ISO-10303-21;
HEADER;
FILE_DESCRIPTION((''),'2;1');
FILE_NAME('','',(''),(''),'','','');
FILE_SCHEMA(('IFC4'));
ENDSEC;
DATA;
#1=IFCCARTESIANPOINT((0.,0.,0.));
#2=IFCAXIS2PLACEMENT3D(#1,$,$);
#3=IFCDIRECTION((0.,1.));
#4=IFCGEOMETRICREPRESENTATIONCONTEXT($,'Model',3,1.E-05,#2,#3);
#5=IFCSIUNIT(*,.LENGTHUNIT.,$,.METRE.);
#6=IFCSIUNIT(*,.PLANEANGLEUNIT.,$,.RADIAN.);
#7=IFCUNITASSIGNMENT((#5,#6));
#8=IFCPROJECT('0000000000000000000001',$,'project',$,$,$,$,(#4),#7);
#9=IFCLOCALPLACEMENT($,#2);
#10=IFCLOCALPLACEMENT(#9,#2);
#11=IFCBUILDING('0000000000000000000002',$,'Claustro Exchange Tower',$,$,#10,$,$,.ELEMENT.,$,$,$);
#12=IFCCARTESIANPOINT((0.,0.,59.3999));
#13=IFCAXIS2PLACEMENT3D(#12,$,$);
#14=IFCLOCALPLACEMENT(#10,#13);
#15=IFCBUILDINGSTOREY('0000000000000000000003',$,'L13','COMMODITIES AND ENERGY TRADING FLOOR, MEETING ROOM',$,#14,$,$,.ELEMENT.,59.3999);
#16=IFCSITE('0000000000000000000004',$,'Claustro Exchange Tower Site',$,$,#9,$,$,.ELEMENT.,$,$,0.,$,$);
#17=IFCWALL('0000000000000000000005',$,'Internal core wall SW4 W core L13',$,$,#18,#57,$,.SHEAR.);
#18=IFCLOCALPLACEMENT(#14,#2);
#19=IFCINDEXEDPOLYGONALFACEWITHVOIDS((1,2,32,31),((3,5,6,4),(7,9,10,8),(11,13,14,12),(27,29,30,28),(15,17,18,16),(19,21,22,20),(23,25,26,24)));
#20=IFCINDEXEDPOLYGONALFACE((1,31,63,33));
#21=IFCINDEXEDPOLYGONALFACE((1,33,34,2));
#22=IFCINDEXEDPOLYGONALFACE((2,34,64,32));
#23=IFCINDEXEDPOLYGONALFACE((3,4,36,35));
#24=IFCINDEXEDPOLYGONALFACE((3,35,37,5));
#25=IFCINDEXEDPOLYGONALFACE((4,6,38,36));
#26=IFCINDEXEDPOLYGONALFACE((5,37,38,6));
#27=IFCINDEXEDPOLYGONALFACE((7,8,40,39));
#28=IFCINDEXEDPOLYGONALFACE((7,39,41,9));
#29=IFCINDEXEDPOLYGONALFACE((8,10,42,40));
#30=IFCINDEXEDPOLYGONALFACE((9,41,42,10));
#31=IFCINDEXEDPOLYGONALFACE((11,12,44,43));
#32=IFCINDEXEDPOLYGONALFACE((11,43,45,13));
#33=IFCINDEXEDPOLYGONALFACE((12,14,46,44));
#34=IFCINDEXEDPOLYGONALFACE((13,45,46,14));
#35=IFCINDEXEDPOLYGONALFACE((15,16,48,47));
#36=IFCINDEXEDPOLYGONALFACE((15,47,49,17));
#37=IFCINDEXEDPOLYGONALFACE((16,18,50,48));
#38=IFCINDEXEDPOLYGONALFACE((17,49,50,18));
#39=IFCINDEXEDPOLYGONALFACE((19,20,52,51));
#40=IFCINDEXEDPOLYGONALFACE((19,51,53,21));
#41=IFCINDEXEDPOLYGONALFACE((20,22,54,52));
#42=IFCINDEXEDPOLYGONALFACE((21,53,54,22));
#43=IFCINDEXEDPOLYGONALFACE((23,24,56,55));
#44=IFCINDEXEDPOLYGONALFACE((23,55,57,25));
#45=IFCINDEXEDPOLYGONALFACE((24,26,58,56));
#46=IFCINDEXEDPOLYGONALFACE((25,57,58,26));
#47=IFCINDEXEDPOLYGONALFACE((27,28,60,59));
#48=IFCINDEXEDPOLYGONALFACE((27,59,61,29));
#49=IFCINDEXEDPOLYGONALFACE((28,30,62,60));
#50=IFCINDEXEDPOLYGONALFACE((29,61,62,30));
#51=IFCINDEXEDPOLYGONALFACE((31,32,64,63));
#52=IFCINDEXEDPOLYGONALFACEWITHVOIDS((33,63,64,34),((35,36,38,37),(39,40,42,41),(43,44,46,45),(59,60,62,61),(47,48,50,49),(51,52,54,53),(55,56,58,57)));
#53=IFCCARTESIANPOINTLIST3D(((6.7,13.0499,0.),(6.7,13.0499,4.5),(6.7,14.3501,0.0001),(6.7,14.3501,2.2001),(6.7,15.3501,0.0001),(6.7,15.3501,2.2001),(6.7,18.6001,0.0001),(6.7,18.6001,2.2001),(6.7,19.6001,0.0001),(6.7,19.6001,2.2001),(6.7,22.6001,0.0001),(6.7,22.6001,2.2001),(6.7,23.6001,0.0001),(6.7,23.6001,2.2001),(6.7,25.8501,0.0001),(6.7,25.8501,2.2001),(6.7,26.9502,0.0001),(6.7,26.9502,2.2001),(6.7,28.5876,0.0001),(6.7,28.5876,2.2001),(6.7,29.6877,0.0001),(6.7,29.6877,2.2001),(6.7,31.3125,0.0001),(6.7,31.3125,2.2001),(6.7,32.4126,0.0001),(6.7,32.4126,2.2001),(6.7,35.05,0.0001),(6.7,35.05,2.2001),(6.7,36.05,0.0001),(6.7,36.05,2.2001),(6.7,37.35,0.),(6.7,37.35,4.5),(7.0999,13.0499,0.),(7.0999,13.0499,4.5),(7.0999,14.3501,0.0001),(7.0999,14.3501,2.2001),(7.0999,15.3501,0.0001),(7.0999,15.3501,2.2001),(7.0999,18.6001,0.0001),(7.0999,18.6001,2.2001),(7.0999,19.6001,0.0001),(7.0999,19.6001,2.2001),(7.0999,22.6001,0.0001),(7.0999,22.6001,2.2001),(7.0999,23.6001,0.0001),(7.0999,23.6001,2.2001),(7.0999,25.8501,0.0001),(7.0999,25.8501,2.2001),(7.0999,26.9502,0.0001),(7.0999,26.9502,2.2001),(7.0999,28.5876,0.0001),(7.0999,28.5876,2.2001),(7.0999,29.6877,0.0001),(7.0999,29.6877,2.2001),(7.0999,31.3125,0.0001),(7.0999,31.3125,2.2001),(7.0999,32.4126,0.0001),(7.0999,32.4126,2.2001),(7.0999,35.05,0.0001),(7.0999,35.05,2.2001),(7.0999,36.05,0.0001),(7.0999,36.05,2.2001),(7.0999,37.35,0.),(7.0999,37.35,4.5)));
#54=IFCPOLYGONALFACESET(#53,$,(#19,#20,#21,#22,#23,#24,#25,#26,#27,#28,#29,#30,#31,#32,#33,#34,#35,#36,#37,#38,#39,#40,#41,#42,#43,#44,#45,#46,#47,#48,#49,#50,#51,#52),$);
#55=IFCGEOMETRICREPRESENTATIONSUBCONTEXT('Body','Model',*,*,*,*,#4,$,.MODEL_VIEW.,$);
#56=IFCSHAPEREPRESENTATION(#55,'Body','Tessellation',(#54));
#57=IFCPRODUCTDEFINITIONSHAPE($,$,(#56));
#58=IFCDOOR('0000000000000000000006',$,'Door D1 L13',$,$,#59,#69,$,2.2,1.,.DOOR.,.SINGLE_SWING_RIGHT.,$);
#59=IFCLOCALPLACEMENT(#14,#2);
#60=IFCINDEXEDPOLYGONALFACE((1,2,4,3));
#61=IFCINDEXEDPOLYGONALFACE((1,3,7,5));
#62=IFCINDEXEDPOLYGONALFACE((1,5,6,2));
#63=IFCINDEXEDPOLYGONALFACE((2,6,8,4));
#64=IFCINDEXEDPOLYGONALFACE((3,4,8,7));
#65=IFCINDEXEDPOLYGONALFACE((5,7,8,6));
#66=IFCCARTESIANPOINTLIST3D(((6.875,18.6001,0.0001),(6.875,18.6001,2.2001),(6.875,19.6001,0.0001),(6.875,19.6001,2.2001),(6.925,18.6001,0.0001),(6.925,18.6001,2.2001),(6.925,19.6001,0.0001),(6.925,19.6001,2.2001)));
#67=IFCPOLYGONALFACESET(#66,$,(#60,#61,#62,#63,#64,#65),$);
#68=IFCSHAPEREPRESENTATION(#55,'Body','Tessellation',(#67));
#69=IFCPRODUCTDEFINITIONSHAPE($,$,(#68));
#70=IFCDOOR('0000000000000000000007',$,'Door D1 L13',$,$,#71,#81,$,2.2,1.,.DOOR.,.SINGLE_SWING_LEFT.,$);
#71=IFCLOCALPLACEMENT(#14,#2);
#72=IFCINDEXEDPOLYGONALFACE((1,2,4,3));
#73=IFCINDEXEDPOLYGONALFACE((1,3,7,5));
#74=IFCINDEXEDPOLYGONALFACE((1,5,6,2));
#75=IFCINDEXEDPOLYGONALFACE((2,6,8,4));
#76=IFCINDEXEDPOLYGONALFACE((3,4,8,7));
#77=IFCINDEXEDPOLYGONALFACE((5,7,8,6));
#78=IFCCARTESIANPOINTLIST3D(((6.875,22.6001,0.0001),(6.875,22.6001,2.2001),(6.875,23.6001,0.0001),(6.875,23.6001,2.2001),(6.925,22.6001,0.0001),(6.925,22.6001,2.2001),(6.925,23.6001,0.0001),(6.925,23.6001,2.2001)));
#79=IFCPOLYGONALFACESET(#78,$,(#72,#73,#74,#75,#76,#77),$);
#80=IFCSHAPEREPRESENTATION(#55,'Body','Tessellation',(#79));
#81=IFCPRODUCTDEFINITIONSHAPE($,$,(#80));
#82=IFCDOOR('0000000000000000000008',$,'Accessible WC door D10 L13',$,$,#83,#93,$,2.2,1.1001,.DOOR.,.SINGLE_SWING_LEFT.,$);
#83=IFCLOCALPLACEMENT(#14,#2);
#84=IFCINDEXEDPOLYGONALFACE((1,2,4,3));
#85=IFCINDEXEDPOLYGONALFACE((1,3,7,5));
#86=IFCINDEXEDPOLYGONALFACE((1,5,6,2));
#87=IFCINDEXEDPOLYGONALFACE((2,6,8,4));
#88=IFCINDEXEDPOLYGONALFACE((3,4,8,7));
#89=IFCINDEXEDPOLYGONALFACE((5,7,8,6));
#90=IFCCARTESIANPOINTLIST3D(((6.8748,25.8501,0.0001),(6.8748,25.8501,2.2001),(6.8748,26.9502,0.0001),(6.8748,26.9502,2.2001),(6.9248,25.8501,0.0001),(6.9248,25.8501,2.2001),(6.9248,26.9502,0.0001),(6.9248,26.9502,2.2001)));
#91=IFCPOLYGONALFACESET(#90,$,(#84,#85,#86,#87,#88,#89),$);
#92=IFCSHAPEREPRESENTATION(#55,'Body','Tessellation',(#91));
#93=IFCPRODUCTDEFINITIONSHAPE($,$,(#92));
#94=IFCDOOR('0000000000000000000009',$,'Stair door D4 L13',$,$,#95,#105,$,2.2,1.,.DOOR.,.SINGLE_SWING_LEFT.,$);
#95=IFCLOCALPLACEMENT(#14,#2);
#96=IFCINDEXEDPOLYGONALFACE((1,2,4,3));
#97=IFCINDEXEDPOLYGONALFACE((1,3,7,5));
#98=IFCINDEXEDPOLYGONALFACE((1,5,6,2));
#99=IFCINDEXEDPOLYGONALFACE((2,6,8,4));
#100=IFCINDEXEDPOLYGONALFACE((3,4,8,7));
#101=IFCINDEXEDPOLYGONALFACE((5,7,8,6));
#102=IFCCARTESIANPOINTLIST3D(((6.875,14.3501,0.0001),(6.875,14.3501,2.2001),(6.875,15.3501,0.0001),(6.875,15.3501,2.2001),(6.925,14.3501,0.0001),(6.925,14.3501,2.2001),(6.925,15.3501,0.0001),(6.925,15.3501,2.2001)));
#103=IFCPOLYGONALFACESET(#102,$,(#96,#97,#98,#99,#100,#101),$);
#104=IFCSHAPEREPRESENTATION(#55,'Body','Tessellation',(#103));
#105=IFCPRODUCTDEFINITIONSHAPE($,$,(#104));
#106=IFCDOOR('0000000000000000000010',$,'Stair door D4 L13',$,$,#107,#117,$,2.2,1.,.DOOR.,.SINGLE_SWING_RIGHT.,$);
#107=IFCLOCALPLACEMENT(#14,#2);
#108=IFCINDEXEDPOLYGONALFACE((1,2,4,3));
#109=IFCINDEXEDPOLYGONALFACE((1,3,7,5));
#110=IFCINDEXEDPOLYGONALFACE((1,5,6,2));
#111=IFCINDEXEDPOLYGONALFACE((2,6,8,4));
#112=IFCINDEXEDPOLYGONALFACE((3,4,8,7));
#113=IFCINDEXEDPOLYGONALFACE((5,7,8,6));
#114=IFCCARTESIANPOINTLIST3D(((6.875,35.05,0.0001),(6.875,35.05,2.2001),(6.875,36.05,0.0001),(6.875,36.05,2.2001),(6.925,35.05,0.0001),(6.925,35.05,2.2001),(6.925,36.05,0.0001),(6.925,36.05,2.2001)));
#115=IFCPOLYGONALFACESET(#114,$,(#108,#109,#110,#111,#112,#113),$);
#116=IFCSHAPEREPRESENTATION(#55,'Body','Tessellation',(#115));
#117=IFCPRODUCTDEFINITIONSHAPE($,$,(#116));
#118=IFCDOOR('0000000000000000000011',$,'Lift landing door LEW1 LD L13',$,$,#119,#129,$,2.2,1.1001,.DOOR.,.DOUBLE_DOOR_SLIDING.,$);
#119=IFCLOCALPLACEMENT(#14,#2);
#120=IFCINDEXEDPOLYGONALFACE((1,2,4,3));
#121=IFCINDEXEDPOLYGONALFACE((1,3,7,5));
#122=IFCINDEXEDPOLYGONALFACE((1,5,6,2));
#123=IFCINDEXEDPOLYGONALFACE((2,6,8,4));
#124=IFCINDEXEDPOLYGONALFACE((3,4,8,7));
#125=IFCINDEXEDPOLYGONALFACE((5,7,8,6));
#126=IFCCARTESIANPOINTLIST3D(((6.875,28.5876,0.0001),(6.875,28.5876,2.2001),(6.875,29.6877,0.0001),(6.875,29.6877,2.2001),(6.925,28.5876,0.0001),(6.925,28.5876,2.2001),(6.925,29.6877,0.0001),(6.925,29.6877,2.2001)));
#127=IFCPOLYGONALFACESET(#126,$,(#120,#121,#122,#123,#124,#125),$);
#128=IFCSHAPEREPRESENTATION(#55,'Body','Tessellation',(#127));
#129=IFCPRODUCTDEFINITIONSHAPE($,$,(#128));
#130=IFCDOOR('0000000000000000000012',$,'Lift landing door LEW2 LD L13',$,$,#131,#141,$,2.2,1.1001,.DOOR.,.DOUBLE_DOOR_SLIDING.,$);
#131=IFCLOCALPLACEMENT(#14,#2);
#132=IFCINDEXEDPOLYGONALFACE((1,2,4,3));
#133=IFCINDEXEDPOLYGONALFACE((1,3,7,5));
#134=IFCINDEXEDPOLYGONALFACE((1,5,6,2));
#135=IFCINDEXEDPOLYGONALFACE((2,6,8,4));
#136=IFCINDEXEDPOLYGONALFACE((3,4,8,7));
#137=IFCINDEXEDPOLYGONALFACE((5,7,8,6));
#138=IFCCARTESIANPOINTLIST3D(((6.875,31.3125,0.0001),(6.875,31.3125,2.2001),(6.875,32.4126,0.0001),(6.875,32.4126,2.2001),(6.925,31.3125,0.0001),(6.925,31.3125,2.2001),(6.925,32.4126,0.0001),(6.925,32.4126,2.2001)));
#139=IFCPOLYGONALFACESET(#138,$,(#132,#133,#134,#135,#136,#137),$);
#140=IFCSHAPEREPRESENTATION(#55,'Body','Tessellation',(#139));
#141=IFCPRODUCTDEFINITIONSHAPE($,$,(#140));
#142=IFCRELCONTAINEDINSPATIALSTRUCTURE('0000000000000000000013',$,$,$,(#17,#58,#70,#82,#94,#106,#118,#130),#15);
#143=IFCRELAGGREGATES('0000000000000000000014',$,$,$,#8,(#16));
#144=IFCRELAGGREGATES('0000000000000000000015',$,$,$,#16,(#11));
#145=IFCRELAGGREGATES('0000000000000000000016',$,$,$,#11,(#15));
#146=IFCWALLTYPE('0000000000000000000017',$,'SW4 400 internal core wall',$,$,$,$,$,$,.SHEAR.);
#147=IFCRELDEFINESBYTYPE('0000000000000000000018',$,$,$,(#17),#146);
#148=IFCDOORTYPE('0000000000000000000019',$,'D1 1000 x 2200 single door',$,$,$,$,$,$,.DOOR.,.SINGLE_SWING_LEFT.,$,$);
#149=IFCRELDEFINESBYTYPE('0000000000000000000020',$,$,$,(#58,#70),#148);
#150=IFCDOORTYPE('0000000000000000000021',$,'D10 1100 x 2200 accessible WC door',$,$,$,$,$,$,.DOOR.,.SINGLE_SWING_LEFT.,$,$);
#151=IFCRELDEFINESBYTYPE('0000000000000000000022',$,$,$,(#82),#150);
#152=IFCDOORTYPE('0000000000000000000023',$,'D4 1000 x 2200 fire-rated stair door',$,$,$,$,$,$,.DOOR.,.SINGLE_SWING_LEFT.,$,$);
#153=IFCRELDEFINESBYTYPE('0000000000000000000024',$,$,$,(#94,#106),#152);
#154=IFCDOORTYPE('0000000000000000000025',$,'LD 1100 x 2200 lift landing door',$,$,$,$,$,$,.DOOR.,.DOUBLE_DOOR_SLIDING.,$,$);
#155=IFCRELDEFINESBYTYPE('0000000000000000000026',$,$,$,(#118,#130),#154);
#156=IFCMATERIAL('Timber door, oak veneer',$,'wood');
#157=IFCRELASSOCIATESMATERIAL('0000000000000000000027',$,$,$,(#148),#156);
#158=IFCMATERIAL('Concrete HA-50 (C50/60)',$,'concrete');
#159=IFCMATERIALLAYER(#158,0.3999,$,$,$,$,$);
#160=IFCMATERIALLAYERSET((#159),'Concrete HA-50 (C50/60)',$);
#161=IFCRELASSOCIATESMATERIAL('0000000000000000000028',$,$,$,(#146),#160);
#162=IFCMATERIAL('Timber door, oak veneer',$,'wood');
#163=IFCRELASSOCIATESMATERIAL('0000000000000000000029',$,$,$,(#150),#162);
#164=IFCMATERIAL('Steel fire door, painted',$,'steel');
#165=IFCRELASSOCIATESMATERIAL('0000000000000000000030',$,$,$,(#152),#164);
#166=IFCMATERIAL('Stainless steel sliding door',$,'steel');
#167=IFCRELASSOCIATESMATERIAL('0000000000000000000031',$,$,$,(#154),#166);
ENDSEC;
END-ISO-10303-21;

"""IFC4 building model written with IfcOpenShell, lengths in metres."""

from ifc_helpers import new_model, si_unit, direction, frame, frame_2d, origin, place, context, subcontext, project, spatial, rectangle, extrude, material, layer, layer_set, type_object, element, fill, save


model = new_model("IFC4")

# Units and contexts
model_context = context("Model", 3, precision=1e-05, world=origin(), true_north=direction((0.0, 1.0)))
body_context = subcontext(model_context, "Body", "Model", "MODEL_VIEW")
ifc_project = project(units=[si_unit("LENGTHUNIT", "METRE"), si_unit("PLANEANGLEUNIT", "RADIAN")], contexts=[model_context])

# Site, building, storey
site_placement = place(None, origin())
site = spatial("IfcSite", under=ifc_project, at=site_placement, Name="Claustro Exchange Tower Site", CompositionType="ELEMENT", RefElevation=0.0)
building_placement = place(site_placement, origin())
building = spatial("IfcBuilding", under=site, at=building_placement, Name="Claustro Exchange Tower", CompositionType="ELEMENT")
storey_placement = place(building_placement, frame((0.0, 0.0, 59.3999)))
storey = spatial("IfcBuildingStorey", under=building, at=storey_placement, Name="L13", Description="COMMODITIES AND ENERGY TRADING FLOOR, MEETING ROOM", CompositionType="ELEMENT", Elevation=59.3999)

# Shared definitions
ifc_material_1 = material(Name="Timber door, oak veneer", Category="wood")
door_type_1 = type_object("IfcDoorType", Name="D1 1000 x 2200 single door", OperationType="SINGLE_SWING_LEFT", PredefinedType="DOOR", material=ifc_material_1)

# Wall, openings, doors
ifc_material_2 = material(Name="Concrete HA-50 (C50/60)", Category="concrete")
ifc_layer_1 = layer(ifc_material_2, 0.3999)
ifc_layer_set_1 = layer_set([ifc_layer_1], Name="Concrete HA-50 (C50/60)")
wall_type_1 = type_object("IfcWallType", Name="SW4 400 internal core wall", PredefinedType="SHEAR", material=ifc_layer_set_1)
wall_1_placement = place(storey_placement, frame((6.8999, 13.05, 0.0), z_axis=(0.0, 0.0, 1.0), x_axis=(0.0, 1.0, 0.0)))
wall_1 = element("IfcWall", 1, at=wall_1_placement, inside=storey, type_object=wall_type_1, Name="Internal core wall SW4 W core L13", PredefinedType="SHEAR", context=body_context, shape_type="SweptSolid", body=[
    extrude(rectangle(XDim=24.3, YDim=0.3999, at=frame_2d((12.1499, 0.0))), origin(), (0.0, 0.0, 1.0), 4.5),
])
opening_1_placement = place(wall_1_placement, frame((1.3, 0.0, 0.0)))
opening_1 = element("IfcOpeningElement", 2, at=opening_1_placement, cuts=wall_1, PredefinedType="OPENING", context=body_context, shape_type="SweptSolid", body=[
    extrude(rectangle(XDim=1.0, YDim=2.2, at=frame_2d((0.5, 1.1001))), frame((0.0, 0.21, 0.0), z_axis=(0.0, -1.0, 0.0), x_axis=(1.0, 0.0, 0.0)), (0.0, 0.0, 1.0), 0.4199),
])
opening_2_placement = place(wall_1_placement, frame((22.0, 0.0, 0.0)))
opening_2 = element("IfcOpeningElement", 3, at=opening_2_placement, cuts=wall_1, PredefinedType="OPENING", context=body_context, shape_type="SweptSolid", body=[
    extrude(rectangle(XDim=1.0, YDim=2.2, at=frame_2d((0.5, 1.1001))), frame((0.0, 0.21, 0.0), z_axis=(0.0, -1.0, 0.0), x_axis=(1.0, 0.0, 0.0)), (0.0, 0.0, 1.0), 0.4199),
])
opening_3_placement = place(wall_1_placement, frame((5.55, 0.0, 0.0)))
opening_3 = element("IfcOpeningElement", 4, at=opening_3_placement, cuts=wall_1, PredefinedType="OPENING", context=body_context, shape_type="SweptSolid", body=[
    extrude(rectangle(XDim=1.0, YDim=2.2, at=frame_2d((0.5, 1.1001))), frame((0.0, 0.21, 0.0), z_axis=(0.0, -1.0, 0.0), x_axis=(1.0, 0.0, 0.0)), (0.0, 0.0, 1.0), 0.4199),
])
opening_4_placement = place(wall_1_placement, frame((9.55, 0.0, 0.0)))
opening_4 = element("IfcOpeningElement", 5, at=opening_4_placement, cuts=wall_1, PredefinedType="OPENING", context=body_context, shape_type="SweptSolid", body=[
    extrude(rectangle(XDim=1.0, YDim=2.2, at=frame_2d((0.5, 1.1001))), frame((0.0, 0.21, 0.0), z_axis=(0.0, -1.0, 0.0), x_axis=(1.0, 0.0, 0.0)), (0.0, 0.0, 1.0), 0.4199),
])
opening_5_placement = place(wall_1_placement, frame((12.8, 0.0, 0.0)))
opening_5 = element("IfcOpeningElement", 6, at=opening_5_placement, cuts=wall_1, PredefinedType="OPENING", context=body_context, shape_type="SweptSolid", body=[
    extrude(rectangle(XDim=1.1001, YDim=2.2, at=frame_2d((0.55, 1.1001))), frame((0.0, 0.21, 0.0), z_axis=(0.0, -1.0, 0.0), x_axis=(1.0, 0.0, 0.0)), (0.0, 0.0, 1.0), 0.4199),
])
opening_6_placement = place(wall_1_placement, frame((15.5376, 0.0, 0.0)))
opening_6 = element("IfcOpeningElement", 7, at=opening_6_placement, cuts=wall_1, PredefinedType="OPENING", context=body_context, shape_type="SweptSolid", body=[
    extrude(rectangle(XDim=1.1001, YDim=2.2, at=frame_2d((0.55, 1.1001))), frame((0.0, 0.21, 0.0), z_axis=(0.0, -1.0, 0.0), x_axis=(1.0, 0.0, 0.0)), (0.0, 0.0, 1.0), 0.4199),
])
opening_7_placement = place(wall_1_placement, frame((18.2625, 0.0, 0.0)))
opening_7 = element("IfcOpeningElement", 8, at=opening_7_placement, cuts=wall_1, PredefinedType="OPENING", context=body_context, shape_type="SweptSolid", body=[
    extrude(rectangle(XDim=1.1001, YDim=2.2, at=frame_2d((0.55, 1.1001))), frame((0.0, 0.21, 0.0), z_axis=(0.0, -1.0, 0.0), x_axis=(1.0, 0.0, 0.0)), (0.0, 0.0, 1.0), 0.4199),
])
door_1_placement = place(opening_3_placement, origin())
door_1 = element("IfcDoor", 9, at=door_1_placement, inside=storey, type_object=door_type_1, Name="Door D1 L13", OperationType="SINGLE_SWING_RIGHT", OverallHeight=2.2, OverallWidth=1.0, PredefinedType="DOOR", context=body_context, shape_type="SweptSolid", body=[
    extrude(rectangle(XDim=1.0, YDim=2.2, at=frame_2d((0.5, 1.1001))), frame((0.0, 0.0249, 0.0), z_axis=(0.0, -1.0, 0.0), x_axis=(1.0, 0.0, 0.0)), (0.0, 0.0, 1.0), 0.05),
])
fill(opening_3, door_1)
door_2_placement = place(opening_4_placement, origin())
door_2 = element("IfcDoor", 10, at=door_2_placement, inside=storey, type_object=door_type_1, Name="Door D1 L13", OperationType="SINGLE_SWING_LEFT", OverallHeight=2.2, OverallWidth=1.0, PredefinedType="DOOR", context=body_context, shape_type="SweptSolid", body=[
    extrude(rectangle(XDim=1.0, YDim=2.2, at=frame_2d((0.5, 1.1001))), frame((0.0, 0.0249, 0.0), z_axis=(0.0, -1.0, 0.0), x_axis=(1.0, 0.0, 0.0)), (0.0, 0.0, 1.0), 0.05),
])
fill(opening_4, door_2)
ifc_material_3 = material(Name="Timber door, oak veneer", Category="wood")
door_type_2 = type_object("IfcDoorType", Name="D10 1100 x 2200 accessible WC door", OperationType="SINGLE_SWING_LEFT", PredefinedType="DOOR", material=ifc_material_3)
door_3_placement = place(opening_5_placement, frame((1.1001, 0.0, 0.0), z_axis=(0.0, 0.0, 1.0), x_axis=(-1.0, 0.0, 0.0)))
door_3 = element("IfcDoor", 11, at=door_3_placement, inside=storey, type_object=door_type_2, Name="Accessible WC door D10 L13", OperationType="SINGLE_SWING_LEFT", OverallHeight=2.2, OverallWidth=1.1001, PredefinedType="DOOR", context=body_context, shape_type="SweptSolid", body=[
    extrude(rectangle(XDim=1.1001, YDim=2.2, at=frame_2d((0.55, 1.1001))), frame((0.0, 0.0249, 0.0), z_axis=(0.0, -1.0, 0.0), x_axis=(1.0, 0.0, 0.0)), (0.0, 0.0, 1.0), 0.05),
])
fill(opening_5, door_3)
ifc_material_4 = material(Name="Steel fire door, painted", Category="steel")
door_type_3 = type_object("IfcDoorType", Name="D4 1000 x 2200 fire-rated stair door", OperationType="SINGLE_SWING_LEFT", PredefinedType="DOOR", material=ifc_material_4)
door_4_placement = place(opening_1_placement, origin())
door_4 = element("IfcDoor", 12, at=door_4_placement, inside=storey, type_object=door_type_3, Name="Stair door D4 L13", OperationType="SINGLE_SWING_LEFT", OverallHeight=2.2, OverallWidth=1.0, PredefinedType="DOOR", context=body_context, shape_type="SweptSolid", body=[
    extrude(rectangle(XDim=1.0, YDim=2.2, at=frame_2d((0.5, 1.1001))), frame((0.0, 0.0249, 0.0), z_axis=(0.0, -1.0, 0.0), x_axis=(1.0, 0.0, 0.0)), (0.0, 0.0, 1.0), 0.05),
])
fill(opening_1, door_4)
door_5_placement = place(opening_2_placement, origin())
door_5 = element("IfcDoor", 13, at=door_5_placement, inside=storey, type_object=door_type_3, Name="Stair door D4 L13", OperationType="SINGLE_SWING_RIGHT", OverallHeight=2.2, OverallWidth=1.0, PredefinedType="DOOR", context=body_context, shape_type="SweptSolid", body=[
    extrude(rectangle(XDim=1.0, YDim=2.2, at=frame_2d((0.5, 1.1001))), frame((0.0, 0.0249, 0.0), z_axis=(0.0, -1.0, 0.0), x_axis=(1.0, 0.0, 0.0)), (0.0, 0.0, 1.0), 0.05),
])
fill(opening_2, door_5)
ifc_material_5 = material(Name="Stainless steel sliding door", Category="steel")
door_type_4 = type_object("IfcDoorType", Name="LD 1100 x 2200 lift landing door", OperationType="DOUBLE_DOOR_SLIDING", PredefinedType="DOOR", material=ifc_material_5)
door_6_placement = place(opening_6_placement, origin())
door_6 = element("IfcDoor", 14, at=door_6_placement, inside=storey, type_object=door_type_4, Name="Lift landing door LEW1 LD L13", OperationType="DOUBLE_DOOR_SLIDING", OverallHeight=2.2, OverallWidth=1.1001, PredefinedType="DOOR", context=body_context, shape_type="SweptSolid", body=[
    extrude(rectangle(XDim=1.1001, YDim=2.2, at=frame_2d((0.55, 1.1001))), frame((0.0, 0.0249, 0.0), z_axis=(0.0, -1.0, 0.0), x_axis=(1.0, 0.0, 0.0)), (0.0, 0.0, 1.0), 0.05),
])
fill(opening_6, door_6)
door_7_placement = place(opening_7_placement, origin())
door_7 = element("IfcDoor", 15, at=door_7_placement, inside=storey, type_object=door_type_4, Name="Lift landing door LEW2 LD L13", OperationType="DOUBLE_DOOR_SLIDING", OverallHeight=2.2, OverallWidth=1.1001, PredefinedType="DOOR", context=body_context, shape_type="SweptSolid", body=[
    extrude(rectangle(XDim=1.1001, YDim=2.2, at=frame_2d((0.55, 1.1001))), frame((0.0, 0.0249, 0.0), z_axis=(0.0, -1.0, 0.0), x_axis=(1.0, 0.0, 0.0)), (0.0, 0.0, 1.0), 0.05),
])
fill(opening_7, door_7)

save(model, "model.ifc")
